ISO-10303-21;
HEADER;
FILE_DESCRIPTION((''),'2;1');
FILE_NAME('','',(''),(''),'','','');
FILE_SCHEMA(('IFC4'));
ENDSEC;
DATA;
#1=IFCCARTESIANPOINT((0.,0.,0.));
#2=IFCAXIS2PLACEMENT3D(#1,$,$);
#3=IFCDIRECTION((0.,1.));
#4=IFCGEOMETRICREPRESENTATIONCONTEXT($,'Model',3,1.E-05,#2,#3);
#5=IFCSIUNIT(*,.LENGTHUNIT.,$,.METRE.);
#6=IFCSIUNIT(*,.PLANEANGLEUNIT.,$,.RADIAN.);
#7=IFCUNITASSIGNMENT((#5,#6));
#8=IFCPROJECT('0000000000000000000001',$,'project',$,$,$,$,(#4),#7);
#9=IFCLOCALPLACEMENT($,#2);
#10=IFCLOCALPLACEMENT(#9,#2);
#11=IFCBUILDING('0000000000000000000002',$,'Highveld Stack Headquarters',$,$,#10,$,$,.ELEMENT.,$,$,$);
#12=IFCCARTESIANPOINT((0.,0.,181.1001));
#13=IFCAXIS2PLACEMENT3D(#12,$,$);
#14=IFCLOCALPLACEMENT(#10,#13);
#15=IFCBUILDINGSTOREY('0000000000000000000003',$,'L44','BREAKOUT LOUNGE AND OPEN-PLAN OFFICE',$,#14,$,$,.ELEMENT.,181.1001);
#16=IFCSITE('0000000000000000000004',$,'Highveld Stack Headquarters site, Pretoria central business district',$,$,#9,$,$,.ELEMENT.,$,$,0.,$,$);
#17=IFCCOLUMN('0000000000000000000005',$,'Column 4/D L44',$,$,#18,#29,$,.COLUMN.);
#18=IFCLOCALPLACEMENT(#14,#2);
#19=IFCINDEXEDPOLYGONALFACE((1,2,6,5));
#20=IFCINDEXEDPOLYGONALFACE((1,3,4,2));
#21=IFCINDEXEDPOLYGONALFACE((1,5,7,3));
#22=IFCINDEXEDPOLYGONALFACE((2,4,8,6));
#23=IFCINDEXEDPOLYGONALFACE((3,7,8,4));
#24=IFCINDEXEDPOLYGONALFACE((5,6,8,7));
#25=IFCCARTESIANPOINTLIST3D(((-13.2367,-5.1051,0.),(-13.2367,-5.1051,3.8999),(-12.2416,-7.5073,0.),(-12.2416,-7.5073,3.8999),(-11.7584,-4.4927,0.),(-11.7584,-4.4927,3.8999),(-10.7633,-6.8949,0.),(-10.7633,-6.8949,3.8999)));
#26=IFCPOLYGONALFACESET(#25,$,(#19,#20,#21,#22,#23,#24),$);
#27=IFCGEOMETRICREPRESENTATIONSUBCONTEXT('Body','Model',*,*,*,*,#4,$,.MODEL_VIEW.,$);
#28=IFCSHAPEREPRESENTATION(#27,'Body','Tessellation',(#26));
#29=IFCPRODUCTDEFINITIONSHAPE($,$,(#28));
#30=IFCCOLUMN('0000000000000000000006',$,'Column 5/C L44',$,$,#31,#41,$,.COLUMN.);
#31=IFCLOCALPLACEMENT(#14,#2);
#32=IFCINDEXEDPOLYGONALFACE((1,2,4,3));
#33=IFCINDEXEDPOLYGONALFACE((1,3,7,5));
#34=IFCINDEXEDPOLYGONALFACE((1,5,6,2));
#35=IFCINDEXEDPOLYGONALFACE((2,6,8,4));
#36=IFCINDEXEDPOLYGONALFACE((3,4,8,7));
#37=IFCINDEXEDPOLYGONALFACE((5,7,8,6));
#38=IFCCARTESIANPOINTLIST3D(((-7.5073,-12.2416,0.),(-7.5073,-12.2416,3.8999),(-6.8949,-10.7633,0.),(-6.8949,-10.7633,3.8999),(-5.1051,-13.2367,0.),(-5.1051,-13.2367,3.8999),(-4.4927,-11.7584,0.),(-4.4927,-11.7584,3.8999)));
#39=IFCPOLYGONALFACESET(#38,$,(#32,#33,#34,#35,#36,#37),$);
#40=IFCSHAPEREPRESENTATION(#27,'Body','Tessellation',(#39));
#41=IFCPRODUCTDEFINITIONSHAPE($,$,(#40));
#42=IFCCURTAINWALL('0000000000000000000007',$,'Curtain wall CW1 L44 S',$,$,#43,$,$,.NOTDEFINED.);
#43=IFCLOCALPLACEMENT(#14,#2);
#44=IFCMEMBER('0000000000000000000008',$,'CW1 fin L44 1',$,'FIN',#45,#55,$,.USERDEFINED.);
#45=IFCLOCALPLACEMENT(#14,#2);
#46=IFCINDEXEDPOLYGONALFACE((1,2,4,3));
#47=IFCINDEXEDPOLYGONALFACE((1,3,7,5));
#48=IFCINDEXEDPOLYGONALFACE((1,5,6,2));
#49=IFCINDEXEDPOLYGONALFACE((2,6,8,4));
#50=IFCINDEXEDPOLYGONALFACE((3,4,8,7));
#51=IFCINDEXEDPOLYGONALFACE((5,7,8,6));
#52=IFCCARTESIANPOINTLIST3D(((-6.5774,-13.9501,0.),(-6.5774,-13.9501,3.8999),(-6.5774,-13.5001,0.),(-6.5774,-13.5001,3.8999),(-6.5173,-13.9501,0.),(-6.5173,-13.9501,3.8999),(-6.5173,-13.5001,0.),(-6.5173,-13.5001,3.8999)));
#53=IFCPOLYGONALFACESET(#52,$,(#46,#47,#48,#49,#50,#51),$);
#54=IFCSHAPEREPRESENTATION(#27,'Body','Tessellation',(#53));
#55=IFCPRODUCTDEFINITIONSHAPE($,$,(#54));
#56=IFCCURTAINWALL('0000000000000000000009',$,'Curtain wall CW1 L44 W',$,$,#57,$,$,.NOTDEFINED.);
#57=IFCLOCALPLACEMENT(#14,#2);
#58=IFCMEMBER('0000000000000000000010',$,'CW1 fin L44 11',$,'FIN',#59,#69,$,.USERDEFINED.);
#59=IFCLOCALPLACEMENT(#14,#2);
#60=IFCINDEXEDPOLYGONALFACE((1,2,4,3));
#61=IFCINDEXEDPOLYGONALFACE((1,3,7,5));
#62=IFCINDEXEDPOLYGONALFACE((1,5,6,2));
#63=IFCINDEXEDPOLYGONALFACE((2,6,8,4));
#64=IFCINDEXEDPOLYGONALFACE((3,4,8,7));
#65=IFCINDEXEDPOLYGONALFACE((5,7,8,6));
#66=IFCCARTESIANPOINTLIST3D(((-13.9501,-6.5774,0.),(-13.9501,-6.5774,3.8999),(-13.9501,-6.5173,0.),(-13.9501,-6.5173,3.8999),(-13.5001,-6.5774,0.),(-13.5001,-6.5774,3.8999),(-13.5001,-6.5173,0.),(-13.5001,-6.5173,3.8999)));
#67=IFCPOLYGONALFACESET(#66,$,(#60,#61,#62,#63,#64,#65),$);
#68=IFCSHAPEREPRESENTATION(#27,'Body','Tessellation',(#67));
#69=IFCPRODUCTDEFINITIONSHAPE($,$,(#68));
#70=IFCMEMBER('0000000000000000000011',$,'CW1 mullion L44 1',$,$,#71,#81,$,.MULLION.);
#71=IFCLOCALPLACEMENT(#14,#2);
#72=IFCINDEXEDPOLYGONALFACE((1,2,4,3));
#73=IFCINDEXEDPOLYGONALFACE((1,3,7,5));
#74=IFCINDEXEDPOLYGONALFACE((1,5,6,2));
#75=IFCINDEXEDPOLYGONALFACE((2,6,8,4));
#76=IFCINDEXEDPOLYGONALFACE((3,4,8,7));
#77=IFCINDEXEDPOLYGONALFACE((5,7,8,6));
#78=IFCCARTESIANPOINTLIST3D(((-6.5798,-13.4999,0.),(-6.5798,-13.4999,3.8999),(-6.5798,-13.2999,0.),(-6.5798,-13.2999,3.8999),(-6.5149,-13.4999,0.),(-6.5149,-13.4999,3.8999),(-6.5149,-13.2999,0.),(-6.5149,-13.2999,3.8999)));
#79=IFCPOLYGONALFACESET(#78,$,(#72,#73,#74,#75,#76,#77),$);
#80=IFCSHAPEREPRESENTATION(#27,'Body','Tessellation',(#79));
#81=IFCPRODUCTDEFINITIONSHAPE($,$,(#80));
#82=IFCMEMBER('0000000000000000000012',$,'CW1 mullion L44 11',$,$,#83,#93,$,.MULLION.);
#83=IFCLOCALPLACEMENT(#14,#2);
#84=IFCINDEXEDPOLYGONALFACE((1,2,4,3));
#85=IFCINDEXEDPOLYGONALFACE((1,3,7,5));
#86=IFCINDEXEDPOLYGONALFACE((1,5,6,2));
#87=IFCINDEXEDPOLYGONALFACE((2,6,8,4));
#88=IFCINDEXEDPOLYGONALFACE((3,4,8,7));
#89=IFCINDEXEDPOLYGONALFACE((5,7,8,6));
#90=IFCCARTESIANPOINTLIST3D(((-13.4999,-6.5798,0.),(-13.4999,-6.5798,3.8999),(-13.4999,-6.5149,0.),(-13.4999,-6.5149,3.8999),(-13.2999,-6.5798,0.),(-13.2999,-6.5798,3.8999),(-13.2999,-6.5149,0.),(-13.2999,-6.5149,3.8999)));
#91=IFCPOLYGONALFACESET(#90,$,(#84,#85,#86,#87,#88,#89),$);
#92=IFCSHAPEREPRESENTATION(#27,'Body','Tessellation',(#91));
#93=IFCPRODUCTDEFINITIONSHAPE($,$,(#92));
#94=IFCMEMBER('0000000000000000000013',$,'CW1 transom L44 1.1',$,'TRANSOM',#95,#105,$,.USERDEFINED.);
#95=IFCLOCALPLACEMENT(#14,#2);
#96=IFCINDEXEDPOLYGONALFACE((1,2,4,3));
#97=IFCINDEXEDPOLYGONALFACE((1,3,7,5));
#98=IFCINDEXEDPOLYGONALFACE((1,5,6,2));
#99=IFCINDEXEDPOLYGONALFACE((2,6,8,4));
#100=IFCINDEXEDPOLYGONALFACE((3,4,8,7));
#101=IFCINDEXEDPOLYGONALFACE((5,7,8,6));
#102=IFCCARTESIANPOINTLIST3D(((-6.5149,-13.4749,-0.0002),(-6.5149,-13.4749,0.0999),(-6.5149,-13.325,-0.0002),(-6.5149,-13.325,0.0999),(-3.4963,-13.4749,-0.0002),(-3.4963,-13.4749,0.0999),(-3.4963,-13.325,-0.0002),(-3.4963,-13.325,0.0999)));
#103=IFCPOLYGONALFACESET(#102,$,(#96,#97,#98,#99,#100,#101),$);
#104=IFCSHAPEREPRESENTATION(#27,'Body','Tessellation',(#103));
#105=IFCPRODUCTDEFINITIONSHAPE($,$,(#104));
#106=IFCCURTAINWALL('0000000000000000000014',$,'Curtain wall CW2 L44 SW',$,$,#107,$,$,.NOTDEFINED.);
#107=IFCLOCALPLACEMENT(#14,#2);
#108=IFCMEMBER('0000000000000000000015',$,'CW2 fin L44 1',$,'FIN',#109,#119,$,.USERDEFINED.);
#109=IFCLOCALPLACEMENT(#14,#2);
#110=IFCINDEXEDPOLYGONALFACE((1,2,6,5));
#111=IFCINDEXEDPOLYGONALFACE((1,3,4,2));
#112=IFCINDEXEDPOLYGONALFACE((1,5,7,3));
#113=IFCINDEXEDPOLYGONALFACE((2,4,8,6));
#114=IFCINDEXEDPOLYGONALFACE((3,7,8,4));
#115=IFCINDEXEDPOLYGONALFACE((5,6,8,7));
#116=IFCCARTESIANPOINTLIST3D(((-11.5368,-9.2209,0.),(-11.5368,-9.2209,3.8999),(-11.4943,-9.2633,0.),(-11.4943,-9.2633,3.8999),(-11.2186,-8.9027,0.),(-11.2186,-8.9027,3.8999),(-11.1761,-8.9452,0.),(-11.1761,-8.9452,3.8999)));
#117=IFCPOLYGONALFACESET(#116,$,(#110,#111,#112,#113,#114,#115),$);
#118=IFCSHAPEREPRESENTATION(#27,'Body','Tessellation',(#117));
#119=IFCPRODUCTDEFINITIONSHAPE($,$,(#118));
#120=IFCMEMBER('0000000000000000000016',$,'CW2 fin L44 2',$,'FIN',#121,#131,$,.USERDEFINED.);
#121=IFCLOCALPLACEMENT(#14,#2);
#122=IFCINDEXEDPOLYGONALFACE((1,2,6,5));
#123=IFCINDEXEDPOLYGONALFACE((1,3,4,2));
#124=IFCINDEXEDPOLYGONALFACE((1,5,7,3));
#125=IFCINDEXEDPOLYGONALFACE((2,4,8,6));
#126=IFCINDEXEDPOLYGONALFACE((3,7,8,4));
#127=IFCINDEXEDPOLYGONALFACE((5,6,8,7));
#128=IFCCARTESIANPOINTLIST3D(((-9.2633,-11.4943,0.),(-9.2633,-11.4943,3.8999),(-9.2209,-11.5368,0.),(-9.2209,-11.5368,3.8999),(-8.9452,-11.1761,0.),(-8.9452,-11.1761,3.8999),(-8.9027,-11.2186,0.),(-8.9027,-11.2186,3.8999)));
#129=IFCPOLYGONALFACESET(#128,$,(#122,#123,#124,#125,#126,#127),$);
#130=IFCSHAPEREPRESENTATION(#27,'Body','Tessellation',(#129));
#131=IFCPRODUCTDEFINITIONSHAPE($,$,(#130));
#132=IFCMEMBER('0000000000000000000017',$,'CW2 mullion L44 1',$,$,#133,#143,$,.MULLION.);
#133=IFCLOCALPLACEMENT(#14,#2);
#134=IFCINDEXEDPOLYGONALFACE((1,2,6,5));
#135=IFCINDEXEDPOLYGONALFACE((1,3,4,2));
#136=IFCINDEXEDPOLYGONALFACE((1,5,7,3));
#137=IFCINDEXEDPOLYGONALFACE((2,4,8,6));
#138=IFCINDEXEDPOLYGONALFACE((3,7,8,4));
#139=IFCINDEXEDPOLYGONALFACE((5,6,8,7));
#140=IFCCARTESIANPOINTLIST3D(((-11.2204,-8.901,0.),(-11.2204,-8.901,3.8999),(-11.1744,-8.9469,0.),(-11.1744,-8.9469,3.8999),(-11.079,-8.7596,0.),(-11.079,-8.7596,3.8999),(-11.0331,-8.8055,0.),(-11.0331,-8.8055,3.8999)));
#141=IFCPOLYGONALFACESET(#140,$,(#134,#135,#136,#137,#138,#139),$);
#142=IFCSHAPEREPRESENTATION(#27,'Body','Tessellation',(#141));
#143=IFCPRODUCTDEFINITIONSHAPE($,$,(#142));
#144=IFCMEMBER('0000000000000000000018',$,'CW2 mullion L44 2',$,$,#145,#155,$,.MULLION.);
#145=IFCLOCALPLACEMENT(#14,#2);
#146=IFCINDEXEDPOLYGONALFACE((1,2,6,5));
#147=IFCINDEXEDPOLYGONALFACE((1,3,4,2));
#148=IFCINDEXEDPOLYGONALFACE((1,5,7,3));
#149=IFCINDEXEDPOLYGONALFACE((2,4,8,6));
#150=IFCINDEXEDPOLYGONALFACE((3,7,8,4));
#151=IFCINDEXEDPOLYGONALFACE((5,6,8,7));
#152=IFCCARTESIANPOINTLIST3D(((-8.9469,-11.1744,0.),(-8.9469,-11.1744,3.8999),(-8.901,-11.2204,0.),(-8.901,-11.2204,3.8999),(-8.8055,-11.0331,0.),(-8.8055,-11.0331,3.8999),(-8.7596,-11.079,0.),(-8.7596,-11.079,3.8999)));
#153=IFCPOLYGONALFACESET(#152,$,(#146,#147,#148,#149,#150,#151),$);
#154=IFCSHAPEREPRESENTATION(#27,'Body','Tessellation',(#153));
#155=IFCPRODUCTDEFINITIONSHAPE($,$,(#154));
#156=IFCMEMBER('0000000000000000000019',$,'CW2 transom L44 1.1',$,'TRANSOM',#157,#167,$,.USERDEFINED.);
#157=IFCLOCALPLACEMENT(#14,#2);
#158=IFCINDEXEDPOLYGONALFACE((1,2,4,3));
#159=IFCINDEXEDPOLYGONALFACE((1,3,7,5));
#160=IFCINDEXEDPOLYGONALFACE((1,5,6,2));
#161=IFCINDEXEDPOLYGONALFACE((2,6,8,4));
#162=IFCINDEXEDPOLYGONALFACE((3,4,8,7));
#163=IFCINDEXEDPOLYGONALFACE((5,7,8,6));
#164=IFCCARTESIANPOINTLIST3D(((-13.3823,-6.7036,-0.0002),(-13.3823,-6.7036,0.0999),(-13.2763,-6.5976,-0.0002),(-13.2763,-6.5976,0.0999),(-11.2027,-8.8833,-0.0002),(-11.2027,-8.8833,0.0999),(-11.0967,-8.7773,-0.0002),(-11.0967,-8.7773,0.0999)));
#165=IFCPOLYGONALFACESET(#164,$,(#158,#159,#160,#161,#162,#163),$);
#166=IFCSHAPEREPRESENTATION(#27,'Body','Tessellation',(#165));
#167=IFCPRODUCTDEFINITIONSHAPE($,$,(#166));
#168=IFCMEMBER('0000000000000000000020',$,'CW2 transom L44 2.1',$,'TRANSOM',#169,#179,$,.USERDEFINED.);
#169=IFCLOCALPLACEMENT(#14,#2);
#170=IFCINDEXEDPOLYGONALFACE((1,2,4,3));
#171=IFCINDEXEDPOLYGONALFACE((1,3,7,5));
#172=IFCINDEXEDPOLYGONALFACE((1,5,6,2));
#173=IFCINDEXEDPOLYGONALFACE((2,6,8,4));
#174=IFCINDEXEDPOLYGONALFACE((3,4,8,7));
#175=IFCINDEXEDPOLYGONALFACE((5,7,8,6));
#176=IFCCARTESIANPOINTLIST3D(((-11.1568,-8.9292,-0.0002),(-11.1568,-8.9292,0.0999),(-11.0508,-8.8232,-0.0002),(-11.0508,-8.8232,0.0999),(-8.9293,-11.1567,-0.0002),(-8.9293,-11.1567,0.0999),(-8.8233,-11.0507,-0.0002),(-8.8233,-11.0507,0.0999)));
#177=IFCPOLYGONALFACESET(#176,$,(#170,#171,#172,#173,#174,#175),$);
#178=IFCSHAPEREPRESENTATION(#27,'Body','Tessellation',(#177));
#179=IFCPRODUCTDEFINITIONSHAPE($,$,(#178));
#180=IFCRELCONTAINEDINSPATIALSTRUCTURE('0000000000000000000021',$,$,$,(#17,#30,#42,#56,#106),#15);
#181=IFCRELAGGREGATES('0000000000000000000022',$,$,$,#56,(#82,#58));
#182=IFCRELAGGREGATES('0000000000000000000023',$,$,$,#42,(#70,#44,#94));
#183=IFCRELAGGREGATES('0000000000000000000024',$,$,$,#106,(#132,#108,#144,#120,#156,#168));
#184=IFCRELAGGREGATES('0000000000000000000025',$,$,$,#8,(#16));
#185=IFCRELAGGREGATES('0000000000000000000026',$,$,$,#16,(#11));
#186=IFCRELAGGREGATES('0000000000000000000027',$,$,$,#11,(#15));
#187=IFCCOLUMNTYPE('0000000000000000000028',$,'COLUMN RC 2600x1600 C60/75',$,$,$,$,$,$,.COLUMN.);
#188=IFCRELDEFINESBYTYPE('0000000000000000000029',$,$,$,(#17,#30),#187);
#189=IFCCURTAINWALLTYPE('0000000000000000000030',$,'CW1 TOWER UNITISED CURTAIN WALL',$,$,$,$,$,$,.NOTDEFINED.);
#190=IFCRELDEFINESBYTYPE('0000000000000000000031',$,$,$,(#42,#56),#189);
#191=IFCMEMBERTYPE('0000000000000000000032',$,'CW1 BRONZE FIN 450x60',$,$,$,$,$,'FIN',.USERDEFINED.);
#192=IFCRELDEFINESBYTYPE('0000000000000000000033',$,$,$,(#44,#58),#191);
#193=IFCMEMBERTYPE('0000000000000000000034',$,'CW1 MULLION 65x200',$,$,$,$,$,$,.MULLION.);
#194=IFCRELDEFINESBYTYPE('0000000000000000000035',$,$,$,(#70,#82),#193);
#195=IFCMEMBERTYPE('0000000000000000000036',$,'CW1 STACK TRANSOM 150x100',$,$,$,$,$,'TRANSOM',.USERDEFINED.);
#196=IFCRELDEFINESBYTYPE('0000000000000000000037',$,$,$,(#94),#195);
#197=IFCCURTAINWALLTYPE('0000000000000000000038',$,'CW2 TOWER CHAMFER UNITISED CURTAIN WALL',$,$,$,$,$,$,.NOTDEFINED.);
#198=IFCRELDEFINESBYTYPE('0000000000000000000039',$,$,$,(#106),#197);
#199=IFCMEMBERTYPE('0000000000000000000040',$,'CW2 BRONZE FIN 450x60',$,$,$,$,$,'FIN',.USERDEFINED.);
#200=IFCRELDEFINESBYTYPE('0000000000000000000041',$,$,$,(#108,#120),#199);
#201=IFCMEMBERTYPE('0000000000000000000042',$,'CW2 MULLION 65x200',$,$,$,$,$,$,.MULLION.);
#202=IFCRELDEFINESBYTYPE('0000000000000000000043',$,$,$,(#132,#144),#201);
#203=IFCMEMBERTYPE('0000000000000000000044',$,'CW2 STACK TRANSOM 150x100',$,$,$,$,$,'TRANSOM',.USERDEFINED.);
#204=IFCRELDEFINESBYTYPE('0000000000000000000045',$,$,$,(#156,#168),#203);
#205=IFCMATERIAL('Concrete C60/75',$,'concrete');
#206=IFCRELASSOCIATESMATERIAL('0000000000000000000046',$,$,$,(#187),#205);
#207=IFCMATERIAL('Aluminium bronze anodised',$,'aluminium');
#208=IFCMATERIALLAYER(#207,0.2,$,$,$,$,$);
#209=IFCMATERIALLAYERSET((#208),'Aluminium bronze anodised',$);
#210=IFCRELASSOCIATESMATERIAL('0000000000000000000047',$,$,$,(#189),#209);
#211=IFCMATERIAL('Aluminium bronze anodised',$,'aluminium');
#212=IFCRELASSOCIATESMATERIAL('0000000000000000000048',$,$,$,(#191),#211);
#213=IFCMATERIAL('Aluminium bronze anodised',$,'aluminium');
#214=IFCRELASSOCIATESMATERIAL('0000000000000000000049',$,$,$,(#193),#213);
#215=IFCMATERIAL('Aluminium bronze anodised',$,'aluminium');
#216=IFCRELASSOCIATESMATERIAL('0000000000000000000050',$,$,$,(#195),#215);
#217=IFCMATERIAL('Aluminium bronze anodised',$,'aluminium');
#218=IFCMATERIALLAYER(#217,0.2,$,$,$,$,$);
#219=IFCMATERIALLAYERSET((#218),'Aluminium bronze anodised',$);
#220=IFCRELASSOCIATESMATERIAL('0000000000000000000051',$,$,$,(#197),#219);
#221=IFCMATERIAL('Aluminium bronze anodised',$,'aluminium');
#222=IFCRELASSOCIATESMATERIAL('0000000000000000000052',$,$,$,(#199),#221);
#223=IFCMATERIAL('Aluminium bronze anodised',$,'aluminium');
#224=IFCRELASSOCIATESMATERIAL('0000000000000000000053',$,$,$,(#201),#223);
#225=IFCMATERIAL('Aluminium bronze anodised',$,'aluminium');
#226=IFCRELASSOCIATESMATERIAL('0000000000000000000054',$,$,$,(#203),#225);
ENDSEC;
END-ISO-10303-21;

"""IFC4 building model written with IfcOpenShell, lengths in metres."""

from ifc_helpers import new_model, si_unit, direction, frame, origin, origin_2d, place, context, subcontext, project, spatial, rectangle, extrude, material, layer, layer_set, material_profile, profile_set, type_object, element, aggregate, save


model = new_model("IFC4")

# Units and contexts
model_context = context("Model", 3, precision=1e-05, world=origin(), true_north=direction((0.0, 1.0)))
body_context = subcontext(model_context, "Body", "Model", "MODEL_VIEW")
ifc_project = project(units=[si_unit("LENGTHUNIT", "METRE"), si_unit("PLANEANGLEUNIT", "RADIAN")], contexts=[model_context])

# Site, building, storey
site_placement = place(None, origin())
site = spatial("IfcSite", under=ifc_project, at=site_placement, Name="Highveld Stack Headquarters site, Pretoria central business district", CompositionType="ELEMENT", RefElevation=0.0)
building_placement = place(site_placement, origin())
building = spatial("IfcBuilding", under=site, at=building_placement, Name="Highveld Stack Headquarters", CompositionType="ELEMENT")
storey_placement = place(building_placement, frame((0.0, 0.0, 181.1001)))
storey = spatial("IfcBuildingStorey", under=building, at=storey_placement, Name="L44", Description="BREAKOUT LOUNGE AND OPEN-PLAN OFFICE", CompositionType="ELEMENT", Elevation=181.1001)

# Columns
ifc_material_1 = material(Name="Concrete C60/75", Category="concrete")
ifc_material_profile_1 = material_profile(ifc_material_1, rectangle(XDim=2.6001, YDim=1.6001, at=origin_2d()), Name="RC 2600x1600")
ifc_profile_set_1 = profile_set([ifc_material_profile_1], Name="Concrete C60/75")
column_type = type_object("IfcColumnType", Name="COLUMN RC 2600x1600 C60/75", PredefinedType="COLUMN", material=ifc_profile_set_1)
for number, where, z_axis, x_axis, name in (
    (1, (-12.0, -6.0, 0.0), (0.0, 0.0, 1.0), (-0.382683, 0.92388, 0.0), "Column 4/D L44"),
    (2, (-6.0, -12.0, 0.0), (0.0, 0.0, 1.0), (-0.92388, 0.382683, 0.0), "Column 5/C L44"),
):
    element("IfcColumn", number, at=place(storey_placement, frame(where, z_axis=z_axis, x_axis=x_axis)), inside=storey, type_object=column_type, Name=name, PredefinedType="COLUMN", context=body_context, shape_type="SweptSolid", body=[
        extrude(rectangle(XDim=2.6001, YDim=1.6001, at=origin_2d()), origin(), (0.0, 0.0, 1.0), 3.8999),
    ])

# Curtain walls, members
ifc_material_2 = material(Name="Aluminium bronze anodised", Category="aluminium")
ifc_layer_1 = layer(ifc_material_2, 0.2)
ifc_layer_set_1 = layer_set([ifc_layer_1], Name="Aluminium bronze anodised")
curtain_wall_type_1 = type_object("IfcCurtainWallType", Name="CW1 TOWER UNITISED CURTAIN WALL", PredefinedType="NOTDEFINED", material=ifc_layer_set_1)
curtain_wall_1_placement = place(storey_placement, origin())
curtain_wall_1 = element("IfcCurtainWall", 3, at=curtain_wall_1_placement, inside=storey, type_object=curtain_wall_type_1, Name="Curtain wall CW1 L44 S", PredefinedType="NOTDEFINED")
ifc_material_3 = material(Name="Aluminium bronze anodised", Category="aluminium")
ifc_material_profile_2 = material_profile(ifc_material_3, rectangle(XDim=0.45, YDim=0.0601, at=origin_2d()), Name="FIN 450x60")
ifc_profile_set_2 = profile_set([ifc_material_profile_2], Name="Aluminium bronze anodised")
member_type_1 = type_object("IfcMemberType", Name="CW1 BRONZE FIN 450x60", ElementType="FIN", PredefinedType="USERDEFINED", material=ifc_profile_set_2)
member_1_placement = place(storey_placement, frame((-6.5474, -13.7251, 0.0), z_axis=(0.0, 0.0, 1.0), x_axis=(0.0, 1.0, 0.0)))
member_1 = element("IfcMember", 4, at=member_1_placement, type_object=member_type_1, Name="CW1 fin L44 1", ObjectType="FIN", PredefinedType="USERDEFINED", context=body_context, shape_type="SweptSolid", body=[
    extrude(rectangle(XDim=0.45, YDim=0.0601, at=origin_2d()), origin(), (0.0, 0.0, 1.0), 3.8999),
])
curtain_wall_2_placement = place(storey_placement, origin())
curtain_wall_2 = element("IfcCurtainWall", 5, at=curtain_wall_2_placement, inside=storey, type_object=curtain_wall_type_1, Name="Curtain wall CW1 L44 W", PredefinedType="NOTDEFINED")
member_2_placement = place(storey_placement, frame((-13.7251, -6.5474, 0.0), z_axis=(0.0, 0.0, 1.0), x_axis=(1.0, 0.0, 0.0)))
member_2 = element("IfcMember", 6, at=member_2_placement, type_object=member_type_1, Name="CW1 fin L44 11", ObjectType="FIN", PredefinedType="USERDEFINED", context=body_context, shape_type="SweptSolid", body=[
    extrude(rectangle(XDim=0.45, YDim=0.0601, at=origin_2d()), origin(), (0.0, 0.0, 1.0), 3.8999),
])

# Members
ifc_material_4 = material(Name="Aluminium bronze anodised", Category="aluminium")
ifc_material_profile_3 = material_profile(ifc_material_4, rectangle(XDim=0.2, YDim=0.0649, at=origin_2d()), Name="CW1 MULLION 65x200")
ifc_profile_set_3 = profile_set([ifc_material_profile_3], Name="Aluminium bronze anodised")
member_type_2 = type_object("IfcMemberType", Name="CW1 MULLION 65x200", PredefinedType="MULLION", material=ifc_profile_set_3)
member_3_placement = place(storey_placement, frame((-6.5474, -13.3999, 0.0), z_axis=(0.0, 0.0, 1.0), x_axis=(0.0, 1.0, 0.0)))
member_3 = element("IfcMember", 7, at=member_3_placement, type_object=member_type_2, Name="CW1 mullion L44 1", PredefinedType="MULLION", context=body_context, shape_type="SweptSolid", body=[
    extrude(rectangle(XDim=0.2, YDim=0.0649, at=origin_2d()), origin(), (0.0, 0.0, 1.0), 3.8999),
])
member_4_placement = place(storey_placement, frame((-13.3999, -6.5474, 0.0), z_axis=(0.0, 0.0, 1.0), x_axis=(1.0, 0.0, 0.0)))
member_4 = element("IfcMember", 8, at=member_4_placement, type_object=member_type_2, Name="CW1 mullion L44 11", PredefinedType="MULLION", context=body_context, shape_type="SweptSolid", body=[
    extrude(rectangle(XDim=0.2, YDim=0.0649, at=origin_2d()), origin(), (0.0, 0.0, 1.0), 3.8999),
])
aggregate(curtain_wall_2, [member_4, member_2])
ifc_material_5 = material(Name="Aluminium bronze anodised", Category="aluminium")
ifc_material_profile_4 = material_profile(ifc_material_5, rectangle(XDim=0.1499, YDim=0.1001, at=origin_2d()), Name="CW1 TRANSOM 150x100")
ifc_profile_set_4 = profile_set([ifc_material_profile_4], Name="Aluminium bronze anodised")
member_type_3 = type_object("IfcMemberType", Name="CW1 STACK TRANSOM 150x100", ElementType="TRANSOM", PredefinedType="USERDEFINED", material=ifc_profile_set_4)
member_5_placement = place(storey_placement, frame((-6.5149, -13.3999, 0.0498), z_axis=(1.0, 0.0, 0.0), x_axis=(0.0, 1.0, 0.0)))
member_5 = element("IfcMember", 9, at=member_5_placement, type_object=member_type_3, Name="CW1 transom L44 1.1", ObjectType="TRANSOM", PredefinedType="USERDEFINED", context=body_context, shape_type="SweptSolid", body=[
    extrude(rectangle(XDim=0.1499, YDim=0.1001, at=origin_2d()), origin(), (0.0, 0.0, 1.0), 3.0186),
])
aggregate(curtain_wall_1, [member_3, member_1, member_5])

# Curtain wall, members
ifc_material_6 = material(Name="Aluminium bronze anodised", Category="aluminium")
ifc_layer_2 = layer(ifc_material_6, 0.2)
ifc_layer_set_2 = layer_set([ifc_layer_2], Name="Aluminium bronze anodised")
curtain_wall_type_2 = type_object("IfcCurtainWallType", Name="CW2 TOWER CHAMFER UNITISED CURTAIN WALL", PredefinedType="NOTDEFINED", material=ifc_layer_set_2)
curtain_wall_3_placement = place(storey_placement, origin())
curtain_wall_3 = element("IfcCurtainWall", 10, at=curtain_wall_3_placement, inside=storey, type_object=curtain_wall_type_2, Name="Curtain wall CW2 L44 SW", PredefinedType="NOTDEFINED")
ifc_material_7 = material(Name="Aluminium bronze anodised", Category="aluminium")
ifc_material_profile_5 = material_profile(ifc_material_7, rectangle(XDim=0.45, YDim=0.0601, at=origin_2d()), Name="FIN 450x60")
ifc_profile_set_5 = profile_set([ifc_material_profile_5], Name="Aluminium bronze anodised")
member_type_4 = type_object("IfcMemberType", Name="CW2 BRONZE FIN 450x60", ElementType="FIN", PredefinedType="USERDEFINED", material=ifc_profile_set_5)
member_6_placement = place(storey_placement, frame((-11.3564, -9.083, 0.0), z_axis=(0.0, 0.0, 1.0), x_axis=(0.707107, 0.707107, 0.0)))
member_6 = element("IfcMember", 11, at=member_6_placement, type_object=member_type_4, Name="CW2 fin L44 1", ObjectType="FIN", PredefinedType="USERDEFINED", context=body_context, shape_type="SweptSolid", body=[
    extrude(rectangle(XDim=0.45, YDim=0.0601, at=origin_2d()), origin(), (0.0, 0.0, 1.0), 3.8999),
])
member_7_placement = place(storey_placement, frame((-9.083, -11.3564, 0.0), z_axis=(0.0, 0.0, 1.0), x_axis=(0.707107, 0.707107, 0.0)))
member_7 = element("IfcMember", 12, at=member_7_placement, type_object=member_type_4, Name="CW2 fin L44 2", ObjectType="FIN", PredefinedType="USERDEFINED", context=body_context, shape_type="SweptSolid", body=[
    extrude(rectangle(XDim=0.45, YDim=0.0601, at=origin_2d()), origin(), (0.0, 0.0, 1.0), 3.8999),
])
ifc_material_8 = material(Name="Aluminium bronze anodised", Category="aluminium")
ifc_material_profile_6 = material_profile(ifc_material_8, rectangle(XDim=0.2, YDim=0.0649, at=origin_2d()), Name="CW2 MULLION 65x200")
ifc_profile_set_6 = profile_set([ifc_material_profile_6], Name="Aluminium bronze anodised")
member_type_5 = type_object("IfcMemberType", Name="CW2 MULLION 65x200", PredefinedType="MULLION", material=ifc_profile_set_6)
member_8_placement = place(storey_placement, frame((-11.1267, -8.8533, 0.0), z_axis=(0.0, 0.0, 1.0), x_axis=(0.707107, 0.707107, 0.0)))
member_8 = element("IfcMember", 13, at=member_8_placement, type_object=member_type_5, Name="CW2 mullion L44 1", PredefinedType="MULLION", context=body_context, shape_type="SweptSolid", body=[
    extrude(rectangle(XDim=0.2, YDim=0.0649, at=origin_2d()), origin(), (0.0, 0.0, 1.0), 3.8999),
])
member_9_placement = place(storey_placement, frame((-8.8533, -11.1267, 0.0), z_axis=(0.0, 0.0, 1.0), x_axis=(0.707107, 0.707107, 0.0)))
member_9 = element("IfcMember", 14, at=member_9_placement, type_object=member_type_5, Name="CW2 mullion L44 2", PredefinedType="MULLION", context=body_context, shape_type="SweptSolid", body=[
    extrude(rectangle(XDim=0.2, YDim=0.0649, at=origin_2d()), origin(), (0.0, 0.0, 1.0), 3.8999),
])
ifc_material_9 = material(Name="Aluminium bronze anodised", Category="aluminium")
ifc_material_profile_7 = material_profile(ifc_material_9, rectangle(XDim=0.1499, YDim=0.1001, at=origin_2d()), Name="CW2 TRANSOM 150x100")
ifc_profile_set_7 = profile_set([ifc_material_profile_7], Name="Aluminium bronze anodised")
member_type_6 = type_object("IfcMemberType", Name="CW2 STACK TRANSOM 150x100", ElementType="TRANSOM", PredefinedType="USERDEFINED", material=ifc_profile_set_7)
member_10_placement = place(storey_placement, frame((-13.3293, -6.6506, 0.0498), z_axis=(0.707107, -0.707107, 0.0), x_axis=(0.707107, 0.707107, 0.0)))
member_10 = element("IfcMember", 15, at=member_10_placement, type_object=member_type_6, Name="CW2 transom L44 1.1", ObjectType="TRANSOM", PredefinedType="USERDEFINED", context=body_context, shape_type="SweptSolid", body=[
    extrude(rectangle(XDim=0.1499, YDim=0.1001, at=origin_2d()), origin(), (0.0, 0.0, 1.0), 3.0825),
])
member_11_placement = place(storey_placement, frame((-11.1038, -8.8762, 0.0498), z_axis=(0.707107, -0.707107, 0.0), x_axis=(0.707107, 0.707107, 0.0)))
member_11 = element("IfcMember", 16, at=member_11_placement, type_object=member_type_6, Name="CW2 transom L44 2.1", ObjectType="TRANSOM", PredefinedType="USERDEFINED", context=body_context, shape_type="SweptSolid", body=[
    extrude(rectangle(XDim=0.1499, YDim=0.1001, at=origin_2d()), origin(), (0.0, 0.0, 1.0), 3.1501),
])
aggregate(curtain_wall_3, [member_8, member_6, member_9, member_7, member_10, member_11])

save(model, "model.ifc")
